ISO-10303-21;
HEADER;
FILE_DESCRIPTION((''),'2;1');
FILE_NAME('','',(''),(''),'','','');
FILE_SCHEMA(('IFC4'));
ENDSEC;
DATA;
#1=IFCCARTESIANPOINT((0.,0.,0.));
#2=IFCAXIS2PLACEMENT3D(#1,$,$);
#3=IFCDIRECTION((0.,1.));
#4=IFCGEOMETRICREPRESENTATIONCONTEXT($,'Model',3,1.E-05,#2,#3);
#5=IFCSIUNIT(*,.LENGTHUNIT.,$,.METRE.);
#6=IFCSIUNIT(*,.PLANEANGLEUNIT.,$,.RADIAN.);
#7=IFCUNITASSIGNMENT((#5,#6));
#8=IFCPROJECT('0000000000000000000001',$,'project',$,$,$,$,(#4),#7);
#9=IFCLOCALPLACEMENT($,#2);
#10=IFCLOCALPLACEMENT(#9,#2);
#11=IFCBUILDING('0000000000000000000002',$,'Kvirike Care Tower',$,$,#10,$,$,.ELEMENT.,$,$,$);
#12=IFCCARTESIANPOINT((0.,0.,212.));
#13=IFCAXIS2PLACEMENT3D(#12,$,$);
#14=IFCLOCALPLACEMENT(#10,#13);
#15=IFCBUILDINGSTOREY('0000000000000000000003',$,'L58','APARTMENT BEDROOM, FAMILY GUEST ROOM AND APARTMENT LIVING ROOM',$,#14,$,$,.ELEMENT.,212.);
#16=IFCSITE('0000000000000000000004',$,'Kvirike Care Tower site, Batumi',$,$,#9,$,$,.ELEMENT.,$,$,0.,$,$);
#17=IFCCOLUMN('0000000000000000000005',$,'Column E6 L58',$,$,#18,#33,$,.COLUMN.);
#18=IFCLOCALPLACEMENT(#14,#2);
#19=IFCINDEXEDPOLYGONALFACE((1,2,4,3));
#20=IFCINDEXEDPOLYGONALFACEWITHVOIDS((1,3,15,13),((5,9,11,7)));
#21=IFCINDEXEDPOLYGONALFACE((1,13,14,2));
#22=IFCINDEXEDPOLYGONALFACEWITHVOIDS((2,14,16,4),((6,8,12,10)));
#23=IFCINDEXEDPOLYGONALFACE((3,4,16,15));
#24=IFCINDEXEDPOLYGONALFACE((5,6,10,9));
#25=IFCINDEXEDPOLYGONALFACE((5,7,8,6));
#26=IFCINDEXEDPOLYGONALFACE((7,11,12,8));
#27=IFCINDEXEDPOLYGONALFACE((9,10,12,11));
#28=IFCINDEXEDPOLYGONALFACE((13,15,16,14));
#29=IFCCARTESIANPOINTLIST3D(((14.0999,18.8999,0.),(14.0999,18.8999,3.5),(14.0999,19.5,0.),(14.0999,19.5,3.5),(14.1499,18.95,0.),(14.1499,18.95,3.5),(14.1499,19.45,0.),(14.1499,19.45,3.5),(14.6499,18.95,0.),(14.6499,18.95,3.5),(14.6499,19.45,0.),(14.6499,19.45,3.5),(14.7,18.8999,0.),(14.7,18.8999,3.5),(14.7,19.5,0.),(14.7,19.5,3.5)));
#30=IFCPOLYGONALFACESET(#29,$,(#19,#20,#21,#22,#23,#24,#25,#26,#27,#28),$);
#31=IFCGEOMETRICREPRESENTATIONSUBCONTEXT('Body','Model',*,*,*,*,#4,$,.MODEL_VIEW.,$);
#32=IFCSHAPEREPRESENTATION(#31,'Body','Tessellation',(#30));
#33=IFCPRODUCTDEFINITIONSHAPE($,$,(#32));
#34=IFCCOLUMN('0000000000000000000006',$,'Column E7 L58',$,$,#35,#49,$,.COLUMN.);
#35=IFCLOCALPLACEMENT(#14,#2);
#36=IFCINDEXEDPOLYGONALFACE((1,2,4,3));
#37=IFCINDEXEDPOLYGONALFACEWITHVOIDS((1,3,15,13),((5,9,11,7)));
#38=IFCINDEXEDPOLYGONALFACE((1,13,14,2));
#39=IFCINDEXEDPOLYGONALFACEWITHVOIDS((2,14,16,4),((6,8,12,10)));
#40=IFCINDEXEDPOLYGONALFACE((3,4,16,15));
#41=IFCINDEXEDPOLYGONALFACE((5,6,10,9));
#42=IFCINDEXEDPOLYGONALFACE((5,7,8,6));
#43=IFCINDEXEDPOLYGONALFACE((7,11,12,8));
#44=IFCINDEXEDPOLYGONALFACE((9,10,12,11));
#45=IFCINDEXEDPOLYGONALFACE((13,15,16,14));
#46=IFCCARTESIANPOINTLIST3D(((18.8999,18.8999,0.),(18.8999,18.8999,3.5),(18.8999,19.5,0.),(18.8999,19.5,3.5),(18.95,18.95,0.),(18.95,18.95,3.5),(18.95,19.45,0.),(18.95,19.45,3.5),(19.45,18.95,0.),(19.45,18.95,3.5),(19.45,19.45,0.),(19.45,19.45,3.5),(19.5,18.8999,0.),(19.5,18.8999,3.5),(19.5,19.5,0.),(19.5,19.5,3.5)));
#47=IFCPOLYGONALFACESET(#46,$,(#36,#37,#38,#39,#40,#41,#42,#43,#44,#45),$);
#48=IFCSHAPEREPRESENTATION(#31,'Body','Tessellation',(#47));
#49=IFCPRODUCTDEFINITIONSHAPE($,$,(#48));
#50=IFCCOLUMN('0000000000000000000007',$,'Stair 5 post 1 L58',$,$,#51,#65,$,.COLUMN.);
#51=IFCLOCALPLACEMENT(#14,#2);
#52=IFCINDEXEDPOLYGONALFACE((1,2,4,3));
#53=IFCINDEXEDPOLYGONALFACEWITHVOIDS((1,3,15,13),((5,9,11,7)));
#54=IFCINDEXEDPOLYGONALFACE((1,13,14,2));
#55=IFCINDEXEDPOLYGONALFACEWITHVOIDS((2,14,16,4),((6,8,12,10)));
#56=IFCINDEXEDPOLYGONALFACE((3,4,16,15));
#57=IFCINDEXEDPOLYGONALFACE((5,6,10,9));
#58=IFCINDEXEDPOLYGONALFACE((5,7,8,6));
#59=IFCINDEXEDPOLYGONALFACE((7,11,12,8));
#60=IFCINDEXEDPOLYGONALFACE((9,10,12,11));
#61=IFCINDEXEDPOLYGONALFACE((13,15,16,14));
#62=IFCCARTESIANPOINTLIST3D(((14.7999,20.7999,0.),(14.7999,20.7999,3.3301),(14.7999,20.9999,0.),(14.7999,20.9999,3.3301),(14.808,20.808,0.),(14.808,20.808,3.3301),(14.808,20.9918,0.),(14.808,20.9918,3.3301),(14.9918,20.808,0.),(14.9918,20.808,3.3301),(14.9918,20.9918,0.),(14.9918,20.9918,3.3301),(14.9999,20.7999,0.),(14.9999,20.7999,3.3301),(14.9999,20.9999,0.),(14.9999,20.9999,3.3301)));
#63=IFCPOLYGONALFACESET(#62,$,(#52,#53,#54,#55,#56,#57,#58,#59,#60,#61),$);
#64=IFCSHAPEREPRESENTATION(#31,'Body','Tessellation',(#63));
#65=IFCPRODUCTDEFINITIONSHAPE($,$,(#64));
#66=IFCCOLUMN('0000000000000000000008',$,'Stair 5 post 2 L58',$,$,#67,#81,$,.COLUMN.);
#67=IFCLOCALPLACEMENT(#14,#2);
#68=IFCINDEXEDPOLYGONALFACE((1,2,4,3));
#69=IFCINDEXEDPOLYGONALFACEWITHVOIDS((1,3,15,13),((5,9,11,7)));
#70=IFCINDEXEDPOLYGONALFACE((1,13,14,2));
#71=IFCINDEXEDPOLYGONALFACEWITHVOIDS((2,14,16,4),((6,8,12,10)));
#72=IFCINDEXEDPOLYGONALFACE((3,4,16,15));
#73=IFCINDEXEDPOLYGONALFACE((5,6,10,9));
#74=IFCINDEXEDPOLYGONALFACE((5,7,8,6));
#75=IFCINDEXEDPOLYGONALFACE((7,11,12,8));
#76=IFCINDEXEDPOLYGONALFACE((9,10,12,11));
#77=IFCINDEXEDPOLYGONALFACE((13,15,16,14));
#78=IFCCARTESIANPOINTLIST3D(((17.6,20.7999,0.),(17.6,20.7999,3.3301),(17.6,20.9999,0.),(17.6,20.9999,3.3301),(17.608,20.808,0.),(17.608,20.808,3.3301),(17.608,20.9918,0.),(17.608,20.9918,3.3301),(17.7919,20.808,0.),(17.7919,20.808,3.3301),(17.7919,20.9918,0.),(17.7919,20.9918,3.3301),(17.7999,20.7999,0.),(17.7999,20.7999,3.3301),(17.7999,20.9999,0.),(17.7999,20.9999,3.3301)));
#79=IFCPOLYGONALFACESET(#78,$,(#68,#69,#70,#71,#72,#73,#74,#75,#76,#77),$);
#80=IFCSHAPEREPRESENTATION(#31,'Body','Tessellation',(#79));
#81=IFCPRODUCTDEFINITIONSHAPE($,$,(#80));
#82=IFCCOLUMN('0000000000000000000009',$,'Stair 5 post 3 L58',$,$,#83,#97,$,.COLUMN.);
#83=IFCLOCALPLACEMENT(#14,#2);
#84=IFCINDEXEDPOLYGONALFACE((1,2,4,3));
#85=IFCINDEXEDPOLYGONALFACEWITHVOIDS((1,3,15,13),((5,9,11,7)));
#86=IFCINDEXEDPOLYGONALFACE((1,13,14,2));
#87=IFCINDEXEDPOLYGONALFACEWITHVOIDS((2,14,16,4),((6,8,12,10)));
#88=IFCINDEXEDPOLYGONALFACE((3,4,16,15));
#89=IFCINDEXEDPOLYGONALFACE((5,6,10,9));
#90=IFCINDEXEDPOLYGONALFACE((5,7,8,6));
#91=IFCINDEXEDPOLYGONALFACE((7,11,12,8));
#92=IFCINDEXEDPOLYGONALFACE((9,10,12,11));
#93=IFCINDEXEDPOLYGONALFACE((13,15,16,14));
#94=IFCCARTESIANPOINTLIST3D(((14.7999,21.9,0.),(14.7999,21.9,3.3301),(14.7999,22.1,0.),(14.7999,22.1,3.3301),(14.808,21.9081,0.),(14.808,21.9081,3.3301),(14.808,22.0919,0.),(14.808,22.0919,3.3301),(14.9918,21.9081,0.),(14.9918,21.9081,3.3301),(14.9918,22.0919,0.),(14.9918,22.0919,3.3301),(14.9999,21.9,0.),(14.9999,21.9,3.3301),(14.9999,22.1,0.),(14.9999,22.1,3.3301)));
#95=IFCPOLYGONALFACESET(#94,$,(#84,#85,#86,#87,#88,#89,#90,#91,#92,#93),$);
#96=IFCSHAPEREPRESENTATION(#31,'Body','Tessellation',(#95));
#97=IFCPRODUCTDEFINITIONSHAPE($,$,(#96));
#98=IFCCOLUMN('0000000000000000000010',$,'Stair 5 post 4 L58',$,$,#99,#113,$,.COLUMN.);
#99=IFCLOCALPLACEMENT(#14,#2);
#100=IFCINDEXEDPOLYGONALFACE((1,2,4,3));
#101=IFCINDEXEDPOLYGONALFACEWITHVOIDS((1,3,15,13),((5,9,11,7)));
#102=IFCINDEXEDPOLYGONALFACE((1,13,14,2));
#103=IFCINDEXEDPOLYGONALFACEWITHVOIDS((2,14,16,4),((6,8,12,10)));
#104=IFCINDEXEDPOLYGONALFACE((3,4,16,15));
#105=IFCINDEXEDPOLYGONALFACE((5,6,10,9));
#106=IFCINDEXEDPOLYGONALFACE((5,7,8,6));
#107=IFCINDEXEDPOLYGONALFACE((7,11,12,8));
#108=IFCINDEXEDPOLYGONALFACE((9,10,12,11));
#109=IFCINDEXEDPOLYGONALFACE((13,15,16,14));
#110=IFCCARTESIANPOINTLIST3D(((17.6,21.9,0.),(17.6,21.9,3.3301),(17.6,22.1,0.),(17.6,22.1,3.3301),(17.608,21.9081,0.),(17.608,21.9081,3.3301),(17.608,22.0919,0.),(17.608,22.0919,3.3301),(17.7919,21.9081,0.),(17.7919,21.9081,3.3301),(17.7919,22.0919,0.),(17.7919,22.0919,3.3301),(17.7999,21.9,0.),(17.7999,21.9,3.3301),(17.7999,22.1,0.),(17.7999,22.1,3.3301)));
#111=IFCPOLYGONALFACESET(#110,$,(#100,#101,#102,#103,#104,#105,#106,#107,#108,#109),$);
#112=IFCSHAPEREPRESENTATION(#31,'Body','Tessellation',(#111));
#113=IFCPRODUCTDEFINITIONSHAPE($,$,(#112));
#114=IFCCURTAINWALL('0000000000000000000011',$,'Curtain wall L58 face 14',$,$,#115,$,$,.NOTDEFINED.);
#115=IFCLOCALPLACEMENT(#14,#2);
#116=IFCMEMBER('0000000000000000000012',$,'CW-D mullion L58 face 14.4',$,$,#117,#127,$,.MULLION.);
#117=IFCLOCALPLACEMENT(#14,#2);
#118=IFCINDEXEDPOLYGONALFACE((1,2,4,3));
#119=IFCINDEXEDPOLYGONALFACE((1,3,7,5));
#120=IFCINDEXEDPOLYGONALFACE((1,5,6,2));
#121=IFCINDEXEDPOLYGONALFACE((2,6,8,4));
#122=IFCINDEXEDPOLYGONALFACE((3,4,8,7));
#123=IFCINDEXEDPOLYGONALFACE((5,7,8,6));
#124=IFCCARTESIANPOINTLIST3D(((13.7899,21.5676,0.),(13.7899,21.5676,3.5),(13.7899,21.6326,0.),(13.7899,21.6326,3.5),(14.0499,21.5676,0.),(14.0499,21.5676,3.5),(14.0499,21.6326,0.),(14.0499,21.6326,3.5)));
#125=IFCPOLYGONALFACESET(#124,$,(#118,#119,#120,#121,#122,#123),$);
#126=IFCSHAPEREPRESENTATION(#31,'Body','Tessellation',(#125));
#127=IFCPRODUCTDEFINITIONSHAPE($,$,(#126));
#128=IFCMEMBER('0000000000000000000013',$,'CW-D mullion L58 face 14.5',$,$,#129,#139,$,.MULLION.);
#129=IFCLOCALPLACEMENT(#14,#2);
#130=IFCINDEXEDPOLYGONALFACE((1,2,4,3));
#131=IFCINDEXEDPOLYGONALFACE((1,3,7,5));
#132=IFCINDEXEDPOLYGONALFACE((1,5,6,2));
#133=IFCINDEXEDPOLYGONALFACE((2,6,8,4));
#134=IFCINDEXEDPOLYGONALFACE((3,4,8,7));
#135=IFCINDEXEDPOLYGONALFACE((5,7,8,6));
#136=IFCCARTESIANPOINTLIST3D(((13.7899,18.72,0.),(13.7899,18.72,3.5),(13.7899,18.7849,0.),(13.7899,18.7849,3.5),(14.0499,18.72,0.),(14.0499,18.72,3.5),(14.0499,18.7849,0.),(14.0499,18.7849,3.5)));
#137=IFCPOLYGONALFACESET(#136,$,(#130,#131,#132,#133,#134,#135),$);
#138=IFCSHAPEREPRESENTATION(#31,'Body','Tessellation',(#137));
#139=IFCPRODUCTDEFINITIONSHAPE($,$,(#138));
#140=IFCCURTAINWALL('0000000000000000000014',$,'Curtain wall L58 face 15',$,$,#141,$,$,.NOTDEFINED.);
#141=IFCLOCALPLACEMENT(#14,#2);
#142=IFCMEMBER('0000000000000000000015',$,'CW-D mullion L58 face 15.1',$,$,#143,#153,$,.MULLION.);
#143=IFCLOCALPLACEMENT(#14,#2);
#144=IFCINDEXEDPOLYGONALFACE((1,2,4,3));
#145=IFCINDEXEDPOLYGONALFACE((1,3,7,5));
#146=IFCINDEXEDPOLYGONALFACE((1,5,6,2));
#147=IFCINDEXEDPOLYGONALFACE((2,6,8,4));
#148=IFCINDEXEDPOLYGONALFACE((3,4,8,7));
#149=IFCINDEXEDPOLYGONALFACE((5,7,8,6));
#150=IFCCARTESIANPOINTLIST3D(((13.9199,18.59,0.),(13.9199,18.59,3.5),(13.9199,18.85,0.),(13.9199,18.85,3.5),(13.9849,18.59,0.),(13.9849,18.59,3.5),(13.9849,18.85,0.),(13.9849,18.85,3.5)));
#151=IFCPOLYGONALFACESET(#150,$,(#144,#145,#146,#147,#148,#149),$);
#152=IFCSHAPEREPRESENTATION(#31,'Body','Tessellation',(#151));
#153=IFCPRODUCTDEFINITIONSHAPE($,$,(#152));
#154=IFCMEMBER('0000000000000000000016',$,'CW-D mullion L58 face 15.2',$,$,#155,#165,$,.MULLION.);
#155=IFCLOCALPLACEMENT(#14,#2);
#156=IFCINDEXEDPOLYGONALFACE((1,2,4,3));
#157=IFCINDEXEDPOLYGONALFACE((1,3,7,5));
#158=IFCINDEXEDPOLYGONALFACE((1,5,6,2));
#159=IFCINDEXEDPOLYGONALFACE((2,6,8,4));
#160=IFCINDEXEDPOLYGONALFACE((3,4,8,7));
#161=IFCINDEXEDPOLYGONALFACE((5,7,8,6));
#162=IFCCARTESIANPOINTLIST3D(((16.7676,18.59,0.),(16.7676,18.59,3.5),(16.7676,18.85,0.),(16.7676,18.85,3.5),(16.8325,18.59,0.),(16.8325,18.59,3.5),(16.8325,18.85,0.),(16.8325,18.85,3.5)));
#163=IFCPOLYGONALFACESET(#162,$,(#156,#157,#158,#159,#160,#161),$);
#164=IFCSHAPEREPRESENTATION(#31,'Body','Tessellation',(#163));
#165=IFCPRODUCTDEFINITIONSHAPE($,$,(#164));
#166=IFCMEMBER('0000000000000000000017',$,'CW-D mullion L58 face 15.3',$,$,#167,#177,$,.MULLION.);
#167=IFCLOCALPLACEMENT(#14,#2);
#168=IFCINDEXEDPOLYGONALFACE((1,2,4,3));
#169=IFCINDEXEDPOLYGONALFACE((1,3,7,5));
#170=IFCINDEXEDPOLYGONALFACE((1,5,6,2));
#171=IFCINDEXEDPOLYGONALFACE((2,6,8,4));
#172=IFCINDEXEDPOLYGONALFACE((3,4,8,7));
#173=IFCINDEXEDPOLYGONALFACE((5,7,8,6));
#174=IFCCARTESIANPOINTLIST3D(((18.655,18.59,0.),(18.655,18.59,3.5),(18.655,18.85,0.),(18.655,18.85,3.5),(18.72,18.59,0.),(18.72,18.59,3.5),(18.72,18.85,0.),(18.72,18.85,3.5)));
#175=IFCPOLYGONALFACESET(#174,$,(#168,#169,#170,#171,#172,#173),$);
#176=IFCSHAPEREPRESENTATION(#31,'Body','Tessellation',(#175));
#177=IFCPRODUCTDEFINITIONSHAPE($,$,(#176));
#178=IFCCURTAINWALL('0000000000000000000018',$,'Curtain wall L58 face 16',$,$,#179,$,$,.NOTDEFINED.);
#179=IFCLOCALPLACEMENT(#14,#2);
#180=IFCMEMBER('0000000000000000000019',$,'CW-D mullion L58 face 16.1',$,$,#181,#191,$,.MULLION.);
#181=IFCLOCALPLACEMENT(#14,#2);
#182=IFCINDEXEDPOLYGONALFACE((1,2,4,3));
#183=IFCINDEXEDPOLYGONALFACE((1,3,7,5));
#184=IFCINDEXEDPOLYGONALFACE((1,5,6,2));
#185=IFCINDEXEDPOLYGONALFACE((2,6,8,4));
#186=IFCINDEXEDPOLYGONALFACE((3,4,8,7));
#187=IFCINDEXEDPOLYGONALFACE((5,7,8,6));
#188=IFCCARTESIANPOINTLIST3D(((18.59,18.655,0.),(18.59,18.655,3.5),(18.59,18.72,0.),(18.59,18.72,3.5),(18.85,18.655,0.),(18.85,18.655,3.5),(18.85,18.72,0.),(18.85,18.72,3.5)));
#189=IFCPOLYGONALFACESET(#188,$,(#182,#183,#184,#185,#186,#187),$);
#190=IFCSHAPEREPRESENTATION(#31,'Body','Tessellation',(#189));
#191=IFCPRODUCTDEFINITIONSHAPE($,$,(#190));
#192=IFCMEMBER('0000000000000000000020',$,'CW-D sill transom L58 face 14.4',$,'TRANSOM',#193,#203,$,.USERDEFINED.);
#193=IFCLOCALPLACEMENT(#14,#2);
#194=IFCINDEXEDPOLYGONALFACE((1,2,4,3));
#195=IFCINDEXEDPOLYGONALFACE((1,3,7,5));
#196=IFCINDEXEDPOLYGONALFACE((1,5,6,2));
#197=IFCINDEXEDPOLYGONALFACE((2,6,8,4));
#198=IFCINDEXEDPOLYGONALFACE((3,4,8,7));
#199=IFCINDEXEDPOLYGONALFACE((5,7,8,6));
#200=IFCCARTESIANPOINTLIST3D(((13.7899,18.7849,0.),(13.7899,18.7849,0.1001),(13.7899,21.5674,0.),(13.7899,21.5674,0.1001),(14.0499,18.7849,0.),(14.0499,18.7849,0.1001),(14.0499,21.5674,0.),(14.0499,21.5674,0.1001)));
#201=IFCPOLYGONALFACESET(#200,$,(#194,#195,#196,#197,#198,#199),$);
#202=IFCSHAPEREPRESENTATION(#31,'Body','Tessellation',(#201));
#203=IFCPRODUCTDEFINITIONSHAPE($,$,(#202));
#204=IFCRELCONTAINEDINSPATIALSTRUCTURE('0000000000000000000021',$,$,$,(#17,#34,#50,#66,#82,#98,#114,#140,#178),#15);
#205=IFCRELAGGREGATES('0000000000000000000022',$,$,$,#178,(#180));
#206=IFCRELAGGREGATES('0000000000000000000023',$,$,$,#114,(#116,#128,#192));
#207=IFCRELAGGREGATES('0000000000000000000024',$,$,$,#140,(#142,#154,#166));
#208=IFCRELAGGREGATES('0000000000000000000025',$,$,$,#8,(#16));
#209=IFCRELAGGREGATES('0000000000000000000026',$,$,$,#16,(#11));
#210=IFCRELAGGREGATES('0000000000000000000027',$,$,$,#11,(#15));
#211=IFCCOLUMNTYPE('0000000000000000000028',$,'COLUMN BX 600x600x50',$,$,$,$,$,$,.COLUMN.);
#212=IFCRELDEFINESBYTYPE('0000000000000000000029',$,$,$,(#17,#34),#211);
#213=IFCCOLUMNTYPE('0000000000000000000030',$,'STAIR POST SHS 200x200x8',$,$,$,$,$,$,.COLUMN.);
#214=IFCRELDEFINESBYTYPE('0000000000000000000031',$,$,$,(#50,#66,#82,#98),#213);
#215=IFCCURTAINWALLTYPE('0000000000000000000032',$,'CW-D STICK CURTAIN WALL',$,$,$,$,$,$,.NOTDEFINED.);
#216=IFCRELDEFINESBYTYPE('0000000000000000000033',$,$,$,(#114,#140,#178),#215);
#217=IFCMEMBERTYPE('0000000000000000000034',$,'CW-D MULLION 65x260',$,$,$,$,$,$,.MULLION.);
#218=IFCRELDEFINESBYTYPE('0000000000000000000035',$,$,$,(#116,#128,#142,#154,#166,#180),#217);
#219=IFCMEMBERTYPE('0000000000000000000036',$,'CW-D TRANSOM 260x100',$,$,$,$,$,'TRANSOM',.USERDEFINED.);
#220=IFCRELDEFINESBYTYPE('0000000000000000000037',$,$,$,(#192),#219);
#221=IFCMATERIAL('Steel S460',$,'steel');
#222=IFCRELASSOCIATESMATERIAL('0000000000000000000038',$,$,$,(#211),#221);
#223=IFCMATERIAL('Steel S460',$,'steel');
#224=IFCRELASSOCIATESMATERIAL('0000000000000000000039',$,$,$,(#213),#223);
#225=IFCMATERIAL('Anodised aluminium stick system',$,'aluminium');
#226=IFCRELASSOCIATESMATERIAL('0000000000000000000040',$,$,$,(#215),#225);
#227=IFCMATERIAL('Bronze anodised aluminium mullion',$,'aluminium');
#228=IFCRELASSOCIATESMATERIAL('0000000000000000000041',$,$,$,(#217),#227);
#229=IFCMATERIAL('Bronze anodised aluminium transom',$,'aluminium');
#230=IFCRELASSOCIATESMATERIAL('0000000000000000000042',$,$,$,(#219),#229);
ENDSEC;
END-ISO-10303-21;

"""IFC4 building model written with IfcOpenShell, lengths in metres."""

from ifc_helpers import new_model, si_unit, direction, frame, origin, origin_2d, place, context, subcontext, project, spatial, rectangle, hollow_rectangle, extrude, material, material_profile, profile_set, type_object, element, aggregate, save


model = new_model("IFC4")

# Units and contexts
model_context = context("Model", 3, precision=1e-05, world=origin(), true_north=direction((0.0, 1.0)))
body_context = subcontext(model_context, "Body", "Model", "MODEL_VIEW")
ifc_project = project(units=[si_unit("LENGTHUNIT", "METRE"), si_unit("PLANEANGLEUNIT", "RADIAN")], contexts=[model_context])

# Site, building, storey
site_placement = place(None, origin())
site = spatial("IfcSite", under=ifc_project, at=site_placement, Name="Kvirike Care Tower site, Batumi", CompositionType="ELEMENT", RefElevation=0.0)
building_placement = place(site_placement, origin())
building = spatial("IfcBuilding", under=site, at=building_placement, Name="Kvirike Care Tower", CompositionType="ELEMENT")
storey_placement = place(building_placement, frame((0.0, 0.0, 212.0)))
storey = spatial("IfcBuildingStorey", under=building, at=storey_placement, Name="L58", Description="APARTMENT BEDROOM, FAMILY GUEST ROOM AND APARTMENT LIVING ROOM", CompositionType="ELEMENT", Elevation=212.0)

# Columns
ifc_material_1 = material(Name="Steel S460", Category="steel")
ifc_material_profile_1 = material_profile(ifc_material_1, hollow_rectangle(XDim=0.6001, YDim=0.6001, WallThickness=0.05, at=origin_2d()), Name="BX 600x600x50")
ifc_profile_set_1 = profile_set([ifc_material_profile_1], Name="Steel S460")
column_type_1 = type_object("IfcColumnType", Name="COLUMN BX 600x600x50", PredefinedType="COLUMN", material=ifc_profile_set_1)
for number, where, z_axis, x_axis, name in (
    (1, (14.3999, 19.2, 0.0), (0.0, 0.0, 1.0), (0.0, 1.0, 0.0), "Column E6 L58"),
    (2, (19.2, 19.2, 0.0), (0.0, 0.0, 1.0), (0.0, 1.0, 0.0), "Column E7 L58"),
):
    element("IfcColumn", number, at=place(storey_placement, frame(where, z_axis=z_axis, x_axis=x_axis)), inside=storey, type_object=column_type_1, Name=name, PredefinedType="COLUMN", context=body_context, shape_type="SweptSolid", body=[
        extrude(hollow_rectangle(XDim=0.6001, YDim=0.6001, WallThickness=0.05, at=origin_2d()), origin(), (0.0, 0.0, 1.0), 3.5),
    ])
ifc_material_2 = material(Name="Steel S460", Category="steel")
ifc_material_profile_2 = material_profile(ifc_material_2, hollow_rectangle(XDim=0.2, YDim=0.2, WallThickness=0.0081, at=origin_2d()), Name="SHS 200x200x8")
ifc_profile_set_2 = profile_set([ifc_material_profile_2], Name="Steel S460")
column_type_2 = type_object("IfcColumnType", Name="STAIR POST SHS 200x200x8", PredefinedType="COLUMN", material=ifc_profile_set_2)
for number, where, z_axis, x_axis, name in (
    (3, (14.8999, 20.8999, 0.0), (0.0, 0.0, 1.0), (1.0, 0.0, 0.0), "Stair 5 post 1 L58"),
    (4, (17.7, 20.8999, 0.0), (0.0, 0.0, 1.0), (1.0, 0.0, 0.0), "Stair 5 post 2 L58"),
    (5, (14.8999, 22.0, 0.0), (0.0, 0.0, 1.0), (1.0, 0.0, 0.0), "Stair 5 post 3 L58"),
    (6, (17.7, 22.0, 0.0), (0.0, 0.0, 1.0), (1.0, 0.0, 0.0), "Stair 5 post 4 L58"),
):
    element("IfcColumn", number, at=place(storey_placement, frame(where, z_axis=z_axis, x_axis=x_axis)), inside=storey, type_object=column_type_2, Name=name, PredefinedType="COLUMN", context=body_context, shape_type="SweptSolid", body=[
        extrude(hollow_rectangle(XDim=0.2, YDim=0.2, WallThickness=0.0081, at=origin_2d()), origin(), (0.0, 0.0, 1.0), 3.3301),
    ])

# Curtain walls, members
ifc_material_3 = material(Name="Anodised aluminium stick system", Category="aluminium")
curtain_wall_type = type_object("IfcCurtainWallType", Name="CW-D STICK CURTAIN WALL", PredefinedType="NOTDEFINED", material=ifc_material_3)
curtain_wall_1_placement = place(storey_placement, origin())
curtain_wall_1 = element("IfcCurtainWall", 7, at=curtain_wall_1_placement, inside=storey, type_object=curtain_wall_type, Name="Curtain wall L58 face 14", PredefinedType="NOTDEFINED")
ifc_material_4 = material(Name="Bronze anodised aluminium mullion", Category="aluminium")
ifc_material_profile_3 = material_profile(ifc_material_4, rectangle(XDim=0.0649, YDim=0.26, at=origin_2d()), Name="CW-D MULLION 65x260")
ifc_profile_set_3 = profile_set([ifc_material_profile_3], Name="Bronze anodised aluminium mullion")
member_type_1 = type_object("IfcMemberType", Name="CW-D MULLION 65x260", PredefinedType="MULLION", material=ifc_profile_set_3)
member_1_placement = place(storey_placement, frame((13.9199, 21.6001, 0.0), z_axis=(0.0, 0.0, 1.0), x_axis=(0.0, -1.0, 0.0)))
member_1 = element("IfcMember", 8, at=member_1_placement, type_object=member_type_1, Name="CW-D mullion L58 face 14.4", PredefinedType="MULLION", context=body_context, shape_type="SweptSolid", body=[
    extrude(rectangle(XDim=0.0649, YDim=0.26, at=origin_2d()), origin(), (0.0, 0.0, 1.0), 3.5),
])
member_2_placement = place(storey_placement, frame((13.9199, 18.7524, 0.0), z_axis=(0.0, 0.0, 1.0), x_axis=(0.0, -1.0, 0.0)))
member_2 = element("IfcMember", 9, at=member_2_placement, type_object=member_type_1, Name="CW-D mullion L58 face 14.5", PredefinedType="MULLION", context=body_context, shape_type="SweptSolid", body=[
    extrude(rectangle(XDim=0.0649, YDim=0.26, at=origin_2d()), origin(), (0.0, 0.0, 1.0), 3.5),
])
curtain_wall_2_placement = place(storey_placement, origin())
curtain_wall_2 = element("IfcCurtainWall", 10, at=curtain_wall_2_placement, inside=storey, type_object=curtain_wall_type, Name="Curtain wall L58 face 15", PredefinedType="NOTDEFINED")
member_3_placement = place(storey_placement, frame((13.9524, 18.72, 0.0), z_axis=(0.0, 0.0, 1.0), x_axis=(1.0, 0.0, 0.0)))
member_3 = element("IfcMember", 11, at=member_3_placement, type_object=member_type_1, Name="CW-D mullion L58 face 15.1", PredefinedType="MULLION", context=body_context, shape_type="SweptSolid", body=[
    extrude(rectangle(XDim=0.0649, YDim=0.26, at=origin_2d()), origin(), (0.0, 0.0, 1.0), 3.5),
])
member_4_placement = place(storey_placement, frame((16.8, 18.72, 0.0), z_axis=(0.0, 0.0, 1.0), x_axis=(1.0, 0.0, 0.0)))
member_4 = element("IfcMember", 12, at=member_4_placement, type_object=member_type_1, Name="CW-D mullion L58 face 15.2", PredefinedType="MULLION", context=body_context, shape_type="SweptSolid", body=[
    extrude(rectangle(XDim=0.0649, YDim=0.26, at=origin_2d()), origin(), (0.0, 0.0, 1.0), 3.5),
])
member_5_placement = place(storey_placement, frame((18.6875, 18.72, 0.0), z_axis=(0.0, 0.0, 1.0), x_axis=(1.0, 0.0, 0.0)))
member_5 = element("IfcMember", 13, at=member_5_placement, type_object=member_type_1, Name="CW-D mullion L58 face 15.3", PredefinedType="MULLION", context=body_context, shape_type="SweptSolid", body=[
    extrude(rectangle(XDim=0.0649, YDim=0.26, at=origin_2d()), origin(), (0.0, 0.0, 1.0), 3.5),
])

# Curtain wall, member
curtain_wall_3_placement = place(storey_placement, origin())
curtain_wall_3 = element("IfcCurtainWall", 14, at=curtain_wall_3_placement, inside=storey, type_object=curtain_wall_type, Name="Curtain wall L58 face 16", PredefinedType="NOTDEFINED")
member_6_placement = place(storey_placement, frame((18.72, 18.6875, 0.0), z_axis=(0.0, 0.0, 1.0), x_axis=(0.0, -1.0, 0.0)))
member_6 = element("IfcMember", 15, at=member_6_placement, type_object=member_type_1, Name="CW-D mullion L58 face 16.1", PredefinedType="MULLION", context=body_context, shape_type="SweptSolid", body=[
    extrude(rectangle(XDim=0.0649, YDim=0.26, at=origin_2d()), origin(), (0.0, 0.0, 1.0), 3.5),
])
aggregate(curtain_wall_3, [member_6])

# Member
ifc_material_5 = material(Name="Bronze anodised aluminium transom", Category="aluminium")
ifc_material_profile_4 = material_profile(ifc_material_5, rectangle(XDim=0.26, YDim=0.1001, at=origin_2d()), Name="CW-D TRANSOM 260x100")
ifc_profile_set_4 = profile_set([ifc_material_profile_4], Name="Bronze anodised aluminium transom")
member_type_2 = type_object("IfcMemberType", Name="CW-D TRANSOM 260x100", ElementType="TRANSOM", PredefinedType="USERDEFINED", material=ifc_profile_set_4)
member_7_placement = place(storey_placement, frame((13.9199, 21.5674, 0.05), z_axis=(0.0, -1.0, 0.0), x_axis=(1.0, 0.0, 0.0)))
member_7 = element("IfcMember", 16, at=member_7_placement, type_object=member_type_2, Name="CW-D sill transom L58 face 14.4", ObjectType="TRANSOM", PredefinedType="USERDEFINED", context=body_context, shape_type="SweptSolid", body=[
    extrude(rectangle(XDim=0.26, YDim=0.1001, at=origin_2d()), origin(), (0.0, 0.0, 1.0), 2.7825),
])

aggregate(curtain_wall_1, [member_1, member_2, member_7])
aggregate(curtain_wall_2, [member_3, member_4, member_5])

save(model, "model.ifc")
